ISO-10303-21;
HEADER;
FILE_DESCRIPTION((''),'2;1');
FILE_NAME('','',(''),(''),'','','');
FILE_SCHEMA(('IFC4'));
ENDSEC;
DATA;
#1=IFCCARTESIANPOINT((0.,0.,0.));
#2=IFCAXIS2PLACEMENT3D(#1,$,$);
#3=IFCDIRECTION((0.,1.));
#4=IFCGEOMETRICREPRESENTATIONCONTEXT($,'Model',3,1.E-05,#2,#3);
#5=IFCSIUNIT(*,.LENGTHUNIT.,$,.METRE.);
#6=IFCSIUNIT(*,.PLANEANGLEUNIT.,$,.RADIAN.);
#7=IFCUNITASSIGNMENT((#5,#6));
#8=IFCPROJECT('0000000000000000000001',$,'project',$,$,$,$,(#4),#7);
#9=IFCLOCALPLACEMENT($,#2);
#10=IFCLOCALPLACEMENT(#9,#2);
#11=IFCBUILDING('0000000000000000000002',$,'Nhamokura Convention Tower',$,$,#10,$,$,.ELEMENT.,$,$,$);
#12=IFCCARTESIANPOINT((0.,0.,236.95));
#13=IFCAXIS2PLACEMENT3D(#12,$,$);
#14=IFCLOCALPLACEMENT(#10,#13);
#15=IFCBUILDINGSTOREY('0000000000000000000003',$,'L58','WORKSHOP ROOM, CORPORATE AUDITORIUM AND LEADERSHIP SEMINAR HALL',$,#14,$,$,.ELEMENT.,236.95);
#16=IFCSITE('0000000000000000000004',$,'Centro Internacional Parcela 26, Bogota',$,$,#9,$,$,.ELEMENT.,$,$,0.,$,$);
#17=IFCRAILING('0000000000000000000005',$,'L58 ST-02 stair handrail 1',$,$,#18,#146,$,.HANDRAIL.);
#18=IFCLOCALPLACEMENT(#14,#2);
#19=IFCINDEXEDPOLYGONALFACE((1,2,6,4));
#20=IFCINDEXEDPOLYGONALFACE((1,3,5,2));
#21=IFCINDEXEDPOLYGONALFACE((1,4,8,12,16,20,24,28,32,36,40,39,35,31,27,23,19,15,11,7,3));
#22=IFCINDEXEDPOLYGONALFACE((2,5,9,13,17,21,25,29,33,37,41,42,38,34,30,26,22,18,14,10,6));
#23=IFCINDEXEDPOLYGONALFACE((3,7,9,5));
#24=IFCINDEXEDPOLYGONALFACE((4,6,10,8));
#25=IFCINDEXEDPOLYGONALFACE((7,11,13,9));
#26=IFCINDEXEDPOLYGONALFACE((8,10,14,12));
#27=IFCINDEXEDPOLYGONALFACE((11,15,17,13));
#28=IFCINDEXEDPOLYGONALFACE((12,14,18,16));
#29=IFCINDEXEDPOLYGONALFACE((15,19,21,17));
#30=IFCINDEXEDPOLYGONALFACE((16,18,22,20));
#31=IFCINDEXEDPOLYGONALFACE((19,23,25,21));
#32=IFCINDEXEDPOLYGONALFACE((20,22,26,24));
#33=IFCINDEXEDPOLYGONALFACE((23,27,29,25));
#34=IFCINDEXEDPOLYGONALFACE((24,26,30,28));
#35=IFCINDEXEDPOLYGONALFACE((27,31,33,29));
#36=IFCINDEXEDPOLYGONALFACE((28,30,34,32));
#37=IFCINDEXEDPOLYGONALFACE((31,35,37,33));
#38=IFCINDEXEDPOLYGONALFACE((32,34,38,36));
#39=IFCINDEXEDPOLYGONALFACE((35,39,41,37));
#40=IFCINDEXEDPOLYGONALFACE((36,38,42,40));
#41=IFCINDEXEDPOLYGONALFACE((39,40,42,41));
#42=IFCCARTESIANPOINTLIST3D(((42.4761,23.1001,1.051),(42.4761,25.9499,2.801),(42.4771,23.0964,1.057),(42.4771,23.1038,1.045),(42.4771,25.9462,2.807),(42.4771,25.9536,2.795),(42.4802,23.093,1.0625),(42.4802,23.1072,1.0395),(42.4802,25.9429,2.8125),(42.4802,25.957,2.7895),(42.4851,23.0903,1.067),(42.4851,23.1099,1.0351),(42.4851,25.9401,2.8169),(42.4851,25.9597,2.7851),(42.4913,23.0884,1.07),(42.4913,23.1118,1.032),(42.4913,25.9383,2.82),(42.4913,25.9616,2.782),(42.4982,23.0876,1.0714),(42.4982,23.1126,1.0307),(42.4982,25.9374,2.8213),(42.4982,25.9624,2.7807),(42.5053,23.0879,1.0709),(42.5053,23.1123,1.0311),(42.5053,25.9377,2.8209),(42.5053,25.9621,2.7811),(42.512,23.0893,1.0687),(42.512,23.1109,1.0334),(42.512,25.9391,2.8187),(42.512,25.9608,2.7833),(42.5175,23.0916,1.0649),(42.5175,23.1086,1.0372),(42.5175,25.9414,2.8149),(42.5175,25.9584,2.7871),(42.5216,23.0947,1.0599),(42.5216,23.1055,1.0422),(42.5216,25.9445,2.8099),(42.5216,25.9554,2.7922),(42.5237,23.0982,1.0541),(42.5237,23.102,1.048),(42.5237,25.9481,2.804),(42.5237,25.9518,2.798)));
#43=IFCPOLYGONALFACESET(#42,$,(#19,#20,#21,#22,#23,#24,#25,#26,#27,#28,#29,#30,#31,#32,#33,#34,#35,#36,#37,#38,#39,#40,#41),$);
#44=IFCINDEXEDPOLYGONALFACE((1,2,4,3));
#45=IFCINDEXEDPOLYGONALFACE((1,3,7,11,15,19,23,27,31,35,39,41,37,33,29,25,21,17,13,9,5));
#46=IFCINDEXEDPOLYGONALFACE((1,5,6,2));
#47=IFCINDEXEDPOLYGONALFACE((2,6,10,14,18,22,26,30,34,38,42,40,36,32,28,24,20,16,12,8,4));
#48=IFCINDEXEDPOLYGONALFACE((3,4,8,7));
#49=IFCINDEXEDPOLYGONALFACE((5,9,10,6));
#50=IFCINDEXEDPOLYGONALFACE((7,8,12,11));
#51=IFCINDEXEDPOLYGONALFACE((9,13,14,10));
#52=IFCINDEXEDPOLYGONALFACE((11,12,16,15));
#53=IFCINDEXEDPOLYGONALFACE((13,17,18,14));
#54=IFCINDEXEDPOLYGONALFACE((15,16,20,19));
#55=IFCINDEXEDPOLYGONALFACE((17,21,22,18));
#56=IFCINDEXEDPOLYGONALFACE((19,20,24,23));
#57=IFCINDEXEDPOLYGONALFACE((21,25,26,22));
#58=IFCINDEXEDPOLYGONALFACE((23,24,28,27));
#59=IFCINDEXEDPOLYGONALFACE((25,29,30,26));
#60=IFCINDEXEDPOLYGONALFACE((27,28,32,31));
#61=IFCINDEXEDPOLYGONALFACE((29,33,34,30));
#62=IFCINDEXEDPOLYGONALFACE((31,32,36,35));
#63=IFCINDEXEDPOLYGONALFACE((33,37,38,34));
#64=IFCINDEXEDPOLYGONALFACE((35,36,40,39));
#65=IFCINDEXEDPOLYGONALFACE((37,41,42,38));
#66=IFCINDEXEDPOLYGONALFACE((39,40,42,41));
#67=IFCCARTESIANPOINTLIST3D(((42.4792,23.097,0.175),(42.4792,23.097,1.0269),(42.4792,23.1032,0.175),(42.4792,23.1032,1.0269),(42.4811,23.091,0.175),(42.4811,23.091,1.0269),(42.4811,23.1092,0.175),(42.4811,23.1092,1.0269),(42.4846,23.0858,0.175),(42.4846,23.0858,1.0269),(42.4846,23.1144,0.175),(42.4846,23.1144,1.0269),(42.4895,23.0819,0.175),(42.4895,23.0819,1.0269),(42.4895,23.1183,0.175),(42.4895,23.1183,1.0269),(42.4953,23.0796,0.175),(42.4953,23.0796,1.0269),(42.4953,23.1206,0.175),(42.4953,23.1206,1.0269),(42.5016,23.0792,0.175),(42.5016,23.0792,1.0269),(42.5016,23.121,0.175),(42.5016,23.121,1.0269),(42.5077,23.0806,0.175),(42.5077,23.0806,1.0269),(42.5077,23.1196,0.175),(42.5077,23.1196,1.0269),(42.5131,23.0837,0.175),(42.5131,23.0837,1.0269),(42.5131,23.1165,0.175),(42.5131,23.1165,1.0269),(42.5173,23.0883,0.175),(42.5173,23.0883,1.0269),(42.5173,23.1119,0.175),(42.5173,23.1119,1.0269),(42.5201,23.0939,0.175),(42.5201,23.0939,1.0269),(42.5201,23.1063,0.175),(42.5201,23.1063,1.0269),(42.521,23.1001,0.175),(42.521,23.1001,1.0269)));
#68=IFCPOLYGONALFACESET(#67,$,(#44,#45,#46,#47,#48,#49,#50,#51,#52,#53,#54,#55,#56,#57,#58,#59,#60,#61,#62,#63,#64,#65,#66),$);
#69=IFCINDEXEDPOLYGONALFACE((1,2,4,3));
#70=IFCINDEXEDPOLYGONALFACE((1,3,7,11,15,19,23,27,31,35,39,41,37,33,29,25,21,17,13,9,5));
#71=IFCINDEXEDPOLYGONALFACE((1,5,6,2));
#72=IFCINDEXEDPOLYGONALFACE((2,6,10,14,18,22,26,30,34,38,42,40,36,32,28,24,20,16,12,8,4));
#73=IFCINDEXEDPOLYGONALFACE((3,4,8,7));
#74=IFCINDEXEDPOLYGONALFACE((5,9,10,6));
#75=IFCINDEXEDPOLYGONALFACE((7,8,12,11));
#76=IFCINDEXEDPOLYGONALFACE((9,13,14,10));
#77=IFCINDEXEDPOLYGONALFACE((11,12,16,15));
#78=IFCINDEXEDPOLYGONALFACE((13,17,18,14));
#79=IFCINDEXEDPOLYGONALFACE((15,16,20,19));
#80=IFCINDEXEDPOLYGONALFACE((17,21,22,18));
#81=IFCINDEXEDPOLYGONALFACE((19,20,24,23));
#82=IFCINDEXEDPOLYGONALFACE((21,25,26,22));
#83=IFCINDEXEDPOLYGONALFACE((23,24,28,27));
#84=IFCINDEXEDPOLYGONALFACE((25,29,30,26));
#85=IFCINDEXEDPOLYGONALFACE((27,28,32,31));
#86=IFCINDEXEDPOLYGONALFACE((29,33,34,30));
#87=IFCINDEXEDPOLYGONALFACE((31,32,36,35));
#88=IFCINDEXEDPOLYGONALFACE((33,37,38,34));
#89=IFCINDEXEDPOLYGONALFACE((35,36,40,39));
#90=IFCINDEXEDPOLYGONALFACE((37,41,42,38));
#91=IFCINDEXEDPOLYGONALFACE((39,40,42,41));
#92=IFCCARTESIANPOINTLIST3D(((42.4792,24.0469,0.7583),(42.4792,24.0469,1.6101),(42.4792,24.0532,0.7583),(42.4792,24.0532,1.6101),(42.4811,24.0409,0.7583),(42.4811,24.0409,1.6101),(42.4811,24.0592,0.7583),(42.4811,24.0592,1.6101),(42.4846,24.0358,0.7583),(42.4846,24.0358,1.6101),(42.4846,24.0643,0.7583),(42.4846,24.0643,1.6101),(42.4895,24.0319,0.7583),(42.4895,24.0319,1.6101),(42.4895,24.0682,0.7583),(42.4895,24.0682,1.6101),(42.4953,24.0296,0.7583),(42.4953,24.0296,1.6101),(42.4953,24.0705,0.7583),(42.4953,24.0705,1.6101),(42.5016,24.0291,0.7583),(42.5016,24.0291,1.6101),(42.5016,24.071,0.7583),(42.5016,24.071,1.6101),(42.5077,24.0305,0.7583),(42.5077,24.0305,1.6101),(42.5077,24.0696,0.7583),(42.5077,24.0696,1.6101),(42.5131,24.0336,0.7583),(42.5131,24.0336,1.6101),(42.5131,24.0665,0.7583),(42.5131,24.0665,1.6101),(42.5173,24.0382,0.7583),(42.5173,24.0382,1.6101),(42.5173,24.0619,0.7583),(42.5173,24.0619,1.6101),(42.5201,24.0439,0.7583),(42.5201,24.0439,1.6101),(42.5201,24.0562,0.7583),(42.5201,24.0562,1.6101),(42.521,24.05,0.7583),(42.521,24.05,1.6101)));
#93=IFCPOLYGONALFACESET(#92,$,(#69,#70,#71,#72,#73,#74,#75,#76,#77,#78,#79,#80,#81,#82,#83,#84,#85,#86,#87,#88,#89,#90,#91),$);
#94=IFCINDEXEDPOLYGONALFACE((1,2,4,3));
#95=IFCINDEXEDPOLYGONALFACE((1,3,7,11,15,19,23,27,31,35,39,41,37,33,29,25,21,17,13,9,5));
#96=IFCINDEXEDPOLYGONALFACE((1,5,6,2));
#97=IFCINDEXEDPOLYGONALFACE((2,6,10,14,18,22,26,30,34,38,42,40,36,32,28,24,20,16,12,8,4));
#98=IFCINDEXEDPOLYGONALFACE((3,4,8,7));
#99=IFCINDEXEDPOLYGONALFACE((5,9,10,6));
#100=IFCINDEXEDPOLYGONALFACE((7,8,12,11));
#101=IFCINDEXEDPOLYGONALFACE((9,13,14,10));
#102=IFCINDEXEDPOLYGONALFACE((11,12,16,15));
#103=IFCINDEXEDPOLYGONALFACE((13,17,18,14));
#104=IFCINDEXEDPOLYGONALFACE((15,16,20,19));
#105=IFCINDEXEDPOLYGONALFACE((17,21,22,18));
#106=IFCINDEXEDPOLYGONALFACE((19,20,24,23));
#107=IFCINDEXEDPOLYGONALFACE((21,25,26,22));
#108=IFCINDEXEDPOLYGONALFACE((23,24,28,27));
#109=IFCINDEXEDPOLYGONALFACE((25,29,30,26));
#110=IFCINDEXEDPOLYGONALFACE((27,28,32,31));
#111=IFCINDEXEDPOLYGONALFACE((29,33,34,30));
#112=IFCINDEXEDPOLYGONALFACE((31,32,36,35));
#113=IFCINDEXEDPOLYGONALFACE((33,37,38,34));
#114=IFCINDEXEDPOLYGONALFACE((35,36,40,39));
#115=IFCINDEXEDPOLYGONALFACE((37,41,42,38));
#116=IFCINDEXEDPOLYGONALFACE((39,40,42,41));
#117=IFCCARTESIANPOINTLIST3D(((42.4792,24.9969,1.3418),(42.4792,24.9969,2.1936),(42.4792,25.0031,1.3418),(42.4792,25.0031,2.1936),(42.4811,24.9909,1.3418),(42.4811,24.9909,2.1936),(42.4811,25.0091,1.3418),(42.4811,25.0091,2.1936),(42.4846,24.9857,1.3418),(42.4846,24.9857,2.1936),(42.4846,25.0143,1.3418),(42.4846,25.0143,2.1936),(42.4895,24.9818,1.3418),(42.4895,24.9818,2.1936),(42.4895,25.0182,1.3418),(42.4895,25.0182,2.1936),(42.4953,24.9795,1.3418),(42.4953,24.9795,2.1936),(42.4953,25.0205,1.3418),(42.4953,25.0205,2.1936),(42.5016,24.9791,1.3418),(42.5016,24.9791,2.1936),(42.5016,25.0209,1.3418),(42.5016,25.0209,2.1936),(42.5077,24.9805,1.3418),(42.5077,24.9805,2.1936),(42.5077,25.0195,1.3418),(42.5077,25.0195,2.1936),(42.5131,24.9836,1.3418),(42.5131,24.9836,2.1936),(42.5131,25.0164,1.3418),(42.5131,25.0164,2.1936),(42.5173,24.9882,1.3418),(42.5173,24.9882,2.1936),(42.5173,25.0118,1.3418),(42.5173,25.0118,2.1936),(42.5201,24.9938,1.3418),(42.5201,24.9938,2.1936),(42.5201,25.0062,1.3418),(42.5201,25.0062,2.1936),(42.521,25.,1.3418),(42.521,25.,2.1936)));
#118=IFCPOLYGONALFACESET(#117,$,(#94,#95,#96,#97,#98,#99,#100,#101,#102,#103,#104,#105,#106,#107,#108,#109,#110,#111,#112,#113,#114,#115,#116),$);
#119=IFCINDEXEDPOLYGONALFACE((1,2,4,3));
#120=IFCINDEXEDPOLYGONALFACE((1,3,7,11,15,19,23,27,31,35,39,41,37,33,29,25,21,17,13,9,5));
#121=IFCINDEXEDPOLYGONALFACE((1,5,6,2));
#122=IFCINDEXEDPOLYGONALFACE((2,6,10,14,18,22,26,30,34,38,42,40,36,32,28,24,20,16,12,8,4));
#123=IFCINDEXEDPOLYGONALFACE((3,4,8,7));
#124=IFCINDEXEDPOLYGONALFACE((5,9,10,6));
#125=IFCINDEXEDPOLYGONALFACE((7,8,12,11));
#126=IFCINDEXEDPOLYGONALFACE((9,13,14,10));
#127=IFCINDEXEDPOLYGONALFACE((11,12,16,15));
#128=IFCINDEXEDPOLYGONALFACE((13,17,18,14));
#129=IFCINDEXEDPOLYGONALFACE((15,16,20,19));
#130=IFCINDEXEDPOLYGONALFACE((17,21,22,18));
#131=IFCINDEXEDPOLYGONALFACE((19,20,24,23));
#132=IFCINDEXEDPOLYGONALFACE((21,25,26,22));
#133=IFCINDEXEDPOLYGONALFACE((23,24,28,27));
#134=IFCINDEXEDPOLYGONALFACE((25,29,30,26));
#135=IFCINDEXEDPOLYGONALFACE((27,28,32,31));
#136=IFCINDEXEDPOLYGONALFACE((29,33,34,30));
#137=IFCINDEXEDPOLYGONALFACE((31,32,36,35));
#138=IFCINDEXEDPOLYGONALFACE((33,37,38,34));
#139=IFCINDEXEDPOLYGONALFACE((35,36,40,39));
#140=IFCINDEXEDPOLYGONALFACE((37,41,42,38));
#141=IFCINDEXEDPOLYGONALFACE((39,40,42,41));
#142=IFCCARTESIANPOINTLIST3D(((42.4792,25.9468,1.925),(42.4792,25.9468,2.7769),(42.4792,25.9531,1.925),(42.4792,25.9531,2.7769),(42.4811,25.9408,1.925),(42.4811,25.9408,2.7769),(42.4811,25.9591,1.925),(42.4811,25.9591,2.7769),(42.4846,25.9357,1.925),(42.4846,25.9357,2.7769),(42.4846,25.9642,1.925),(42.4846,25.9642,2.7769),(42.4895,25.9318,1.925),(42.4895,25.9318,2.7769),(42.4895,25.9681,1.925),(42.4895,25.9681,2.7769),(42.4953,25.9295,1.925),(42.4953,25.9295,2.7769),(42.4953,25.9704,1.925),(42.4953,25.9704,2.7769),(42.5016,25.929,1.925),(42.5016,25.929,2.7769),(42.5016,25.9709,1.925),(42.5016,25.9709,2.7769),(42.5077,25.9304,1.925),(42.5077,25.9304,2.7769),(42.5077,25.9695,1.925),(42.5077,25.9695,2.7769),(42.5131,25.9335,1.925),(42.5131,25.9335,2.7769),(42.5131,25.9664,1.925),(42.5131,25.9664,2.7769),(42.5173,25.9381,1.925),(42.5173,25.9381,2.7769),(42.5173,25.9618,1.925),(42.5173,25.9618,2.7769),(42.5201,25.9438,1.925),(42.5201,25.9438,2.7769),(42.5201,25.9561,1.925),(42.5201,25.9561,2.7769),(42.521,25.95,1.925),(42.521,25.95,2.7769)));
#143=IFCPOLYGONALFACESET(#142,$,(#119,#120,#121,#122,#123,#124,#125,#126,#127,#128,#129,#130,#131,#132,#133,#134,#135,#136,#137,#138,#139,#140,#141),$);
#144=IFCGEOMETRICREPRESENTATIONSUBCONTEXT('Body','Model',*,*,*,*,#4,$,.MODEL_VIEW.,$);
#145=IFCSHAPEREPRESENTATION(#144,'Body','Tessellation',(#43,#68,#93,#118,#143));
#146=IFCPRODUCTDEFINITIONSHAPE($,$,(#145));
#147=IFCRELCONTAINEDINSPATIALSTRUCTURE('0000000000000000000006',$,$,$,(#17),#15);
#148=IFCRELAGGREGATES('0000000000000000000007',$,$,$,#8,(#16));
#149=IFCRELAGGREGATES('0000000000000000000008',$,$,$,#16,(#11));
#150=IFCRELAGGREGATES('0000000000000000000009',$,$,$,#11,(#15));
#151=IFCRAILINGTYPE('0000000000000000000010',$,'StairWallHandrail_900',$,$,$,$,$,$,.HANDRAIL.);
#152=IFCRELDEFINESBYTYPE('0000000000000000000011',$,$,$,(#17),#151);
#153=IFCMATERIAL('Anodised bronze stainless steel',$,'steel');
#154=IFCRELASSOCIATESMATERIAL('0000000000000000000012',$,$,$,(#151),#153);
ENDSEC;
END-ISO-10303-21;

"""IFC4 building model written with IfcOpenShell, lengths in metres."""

from ifc_helpers import new_model, si_unit, direction, frame, origin, origin_2d, place, context, subcontext, project, spatial, circle, extrude, material, type_object, element, save


model = new_model("IFC4")

# Units and contexts
model_context = context("Model", 3, precision=1e-05, world=origin(), true_north=direction((0.0, 1.0)))
body_context = subcontext(model_context, "Body", "Model", "MODEL_VIEW")
ifc_project = project(units=[si_unit("LENGTHUNIT", "METRE"), si_unit("PLANEANGLEUNIT", "RADIAN")], contexts=[model_context])

# Site, building, storey
site_placement = place(None, origin())
site = spatial("IfcSite", under=ifc_project, at=site_placement, Name="Centro Internacional Parcela 26, Bogota", CompositionType="ELEMENT", RefElevation=0.0)
building_placement = place(site_placement, origin())
building = spatial("IfcBuilding", under=site, at=building_placement, Name="Nhamokura Convention Tower", CompositionType="ELEMENT")
storey_placement = place(building_placement, frame((0.0, 0.0, 236.95)))
storey = spatial("IfcBuildingStorey", under=building, at=storey_placement, Name="L58", Description="WORKSHOP ROOM, CORPORATE AUDITORIUM AND LEADERSHIP SEMINAR HALL", CompositionType="ELEMENT", Elevation=236.95)

# Railing
ifc_material_1 = material(Name="Anodised bronze stainless steel", Category="steel")
railing_type_1 = type_object("IfcRailingType", Name="StairWallHandrail_900", PredefinedType="HANDRAIL", material=ifc_material_1)
railing_1_placement = place(storey_placement, frame((42.5, 23.1001, 0.175)))
element("IfcRailing", 1, at=railing_1_placement, inside=storey, type_object=railing_type_1, Name="L58 ST-02 stair handrail 1", PredefinedType="HANDRAIL", context=body_context, shape_type="SweptSolid", body=[
    extrude(circle(Radius=0.0239, at=origin_2d()), frame((0.0, 0.0, 0.876), z_axis=(0.0, 0.852159, 0.523283), x_axis=(-1.0, 0.0, 0.0)), (0.0, 0.0, 1.0), 3.3442),
    extrude(circle(Radius=0.021, at=origin_2d()), origin(), (0.0, 0.0, 1.0), 0.8518),
    extrude(circle(Radius=0.021, at=origin_2d()), frame((0.0, 0.95, 0.5833)), (0.0, 0.0, 1.0), 0.8518),
    extrude(circle(Radius=0.021, at=origin_2d()), frame((0.0, 1.8999, 1.1667)), (0.0, 0.0, 1.0), 0.8518),
    extrude(circle(Radius=0.021, at=origin_2d()), frame((0.0, 2.8499, 1.75)), (0.0, 0.0, 1.0), 0.8518),
])

save(model, "model.ifc")
